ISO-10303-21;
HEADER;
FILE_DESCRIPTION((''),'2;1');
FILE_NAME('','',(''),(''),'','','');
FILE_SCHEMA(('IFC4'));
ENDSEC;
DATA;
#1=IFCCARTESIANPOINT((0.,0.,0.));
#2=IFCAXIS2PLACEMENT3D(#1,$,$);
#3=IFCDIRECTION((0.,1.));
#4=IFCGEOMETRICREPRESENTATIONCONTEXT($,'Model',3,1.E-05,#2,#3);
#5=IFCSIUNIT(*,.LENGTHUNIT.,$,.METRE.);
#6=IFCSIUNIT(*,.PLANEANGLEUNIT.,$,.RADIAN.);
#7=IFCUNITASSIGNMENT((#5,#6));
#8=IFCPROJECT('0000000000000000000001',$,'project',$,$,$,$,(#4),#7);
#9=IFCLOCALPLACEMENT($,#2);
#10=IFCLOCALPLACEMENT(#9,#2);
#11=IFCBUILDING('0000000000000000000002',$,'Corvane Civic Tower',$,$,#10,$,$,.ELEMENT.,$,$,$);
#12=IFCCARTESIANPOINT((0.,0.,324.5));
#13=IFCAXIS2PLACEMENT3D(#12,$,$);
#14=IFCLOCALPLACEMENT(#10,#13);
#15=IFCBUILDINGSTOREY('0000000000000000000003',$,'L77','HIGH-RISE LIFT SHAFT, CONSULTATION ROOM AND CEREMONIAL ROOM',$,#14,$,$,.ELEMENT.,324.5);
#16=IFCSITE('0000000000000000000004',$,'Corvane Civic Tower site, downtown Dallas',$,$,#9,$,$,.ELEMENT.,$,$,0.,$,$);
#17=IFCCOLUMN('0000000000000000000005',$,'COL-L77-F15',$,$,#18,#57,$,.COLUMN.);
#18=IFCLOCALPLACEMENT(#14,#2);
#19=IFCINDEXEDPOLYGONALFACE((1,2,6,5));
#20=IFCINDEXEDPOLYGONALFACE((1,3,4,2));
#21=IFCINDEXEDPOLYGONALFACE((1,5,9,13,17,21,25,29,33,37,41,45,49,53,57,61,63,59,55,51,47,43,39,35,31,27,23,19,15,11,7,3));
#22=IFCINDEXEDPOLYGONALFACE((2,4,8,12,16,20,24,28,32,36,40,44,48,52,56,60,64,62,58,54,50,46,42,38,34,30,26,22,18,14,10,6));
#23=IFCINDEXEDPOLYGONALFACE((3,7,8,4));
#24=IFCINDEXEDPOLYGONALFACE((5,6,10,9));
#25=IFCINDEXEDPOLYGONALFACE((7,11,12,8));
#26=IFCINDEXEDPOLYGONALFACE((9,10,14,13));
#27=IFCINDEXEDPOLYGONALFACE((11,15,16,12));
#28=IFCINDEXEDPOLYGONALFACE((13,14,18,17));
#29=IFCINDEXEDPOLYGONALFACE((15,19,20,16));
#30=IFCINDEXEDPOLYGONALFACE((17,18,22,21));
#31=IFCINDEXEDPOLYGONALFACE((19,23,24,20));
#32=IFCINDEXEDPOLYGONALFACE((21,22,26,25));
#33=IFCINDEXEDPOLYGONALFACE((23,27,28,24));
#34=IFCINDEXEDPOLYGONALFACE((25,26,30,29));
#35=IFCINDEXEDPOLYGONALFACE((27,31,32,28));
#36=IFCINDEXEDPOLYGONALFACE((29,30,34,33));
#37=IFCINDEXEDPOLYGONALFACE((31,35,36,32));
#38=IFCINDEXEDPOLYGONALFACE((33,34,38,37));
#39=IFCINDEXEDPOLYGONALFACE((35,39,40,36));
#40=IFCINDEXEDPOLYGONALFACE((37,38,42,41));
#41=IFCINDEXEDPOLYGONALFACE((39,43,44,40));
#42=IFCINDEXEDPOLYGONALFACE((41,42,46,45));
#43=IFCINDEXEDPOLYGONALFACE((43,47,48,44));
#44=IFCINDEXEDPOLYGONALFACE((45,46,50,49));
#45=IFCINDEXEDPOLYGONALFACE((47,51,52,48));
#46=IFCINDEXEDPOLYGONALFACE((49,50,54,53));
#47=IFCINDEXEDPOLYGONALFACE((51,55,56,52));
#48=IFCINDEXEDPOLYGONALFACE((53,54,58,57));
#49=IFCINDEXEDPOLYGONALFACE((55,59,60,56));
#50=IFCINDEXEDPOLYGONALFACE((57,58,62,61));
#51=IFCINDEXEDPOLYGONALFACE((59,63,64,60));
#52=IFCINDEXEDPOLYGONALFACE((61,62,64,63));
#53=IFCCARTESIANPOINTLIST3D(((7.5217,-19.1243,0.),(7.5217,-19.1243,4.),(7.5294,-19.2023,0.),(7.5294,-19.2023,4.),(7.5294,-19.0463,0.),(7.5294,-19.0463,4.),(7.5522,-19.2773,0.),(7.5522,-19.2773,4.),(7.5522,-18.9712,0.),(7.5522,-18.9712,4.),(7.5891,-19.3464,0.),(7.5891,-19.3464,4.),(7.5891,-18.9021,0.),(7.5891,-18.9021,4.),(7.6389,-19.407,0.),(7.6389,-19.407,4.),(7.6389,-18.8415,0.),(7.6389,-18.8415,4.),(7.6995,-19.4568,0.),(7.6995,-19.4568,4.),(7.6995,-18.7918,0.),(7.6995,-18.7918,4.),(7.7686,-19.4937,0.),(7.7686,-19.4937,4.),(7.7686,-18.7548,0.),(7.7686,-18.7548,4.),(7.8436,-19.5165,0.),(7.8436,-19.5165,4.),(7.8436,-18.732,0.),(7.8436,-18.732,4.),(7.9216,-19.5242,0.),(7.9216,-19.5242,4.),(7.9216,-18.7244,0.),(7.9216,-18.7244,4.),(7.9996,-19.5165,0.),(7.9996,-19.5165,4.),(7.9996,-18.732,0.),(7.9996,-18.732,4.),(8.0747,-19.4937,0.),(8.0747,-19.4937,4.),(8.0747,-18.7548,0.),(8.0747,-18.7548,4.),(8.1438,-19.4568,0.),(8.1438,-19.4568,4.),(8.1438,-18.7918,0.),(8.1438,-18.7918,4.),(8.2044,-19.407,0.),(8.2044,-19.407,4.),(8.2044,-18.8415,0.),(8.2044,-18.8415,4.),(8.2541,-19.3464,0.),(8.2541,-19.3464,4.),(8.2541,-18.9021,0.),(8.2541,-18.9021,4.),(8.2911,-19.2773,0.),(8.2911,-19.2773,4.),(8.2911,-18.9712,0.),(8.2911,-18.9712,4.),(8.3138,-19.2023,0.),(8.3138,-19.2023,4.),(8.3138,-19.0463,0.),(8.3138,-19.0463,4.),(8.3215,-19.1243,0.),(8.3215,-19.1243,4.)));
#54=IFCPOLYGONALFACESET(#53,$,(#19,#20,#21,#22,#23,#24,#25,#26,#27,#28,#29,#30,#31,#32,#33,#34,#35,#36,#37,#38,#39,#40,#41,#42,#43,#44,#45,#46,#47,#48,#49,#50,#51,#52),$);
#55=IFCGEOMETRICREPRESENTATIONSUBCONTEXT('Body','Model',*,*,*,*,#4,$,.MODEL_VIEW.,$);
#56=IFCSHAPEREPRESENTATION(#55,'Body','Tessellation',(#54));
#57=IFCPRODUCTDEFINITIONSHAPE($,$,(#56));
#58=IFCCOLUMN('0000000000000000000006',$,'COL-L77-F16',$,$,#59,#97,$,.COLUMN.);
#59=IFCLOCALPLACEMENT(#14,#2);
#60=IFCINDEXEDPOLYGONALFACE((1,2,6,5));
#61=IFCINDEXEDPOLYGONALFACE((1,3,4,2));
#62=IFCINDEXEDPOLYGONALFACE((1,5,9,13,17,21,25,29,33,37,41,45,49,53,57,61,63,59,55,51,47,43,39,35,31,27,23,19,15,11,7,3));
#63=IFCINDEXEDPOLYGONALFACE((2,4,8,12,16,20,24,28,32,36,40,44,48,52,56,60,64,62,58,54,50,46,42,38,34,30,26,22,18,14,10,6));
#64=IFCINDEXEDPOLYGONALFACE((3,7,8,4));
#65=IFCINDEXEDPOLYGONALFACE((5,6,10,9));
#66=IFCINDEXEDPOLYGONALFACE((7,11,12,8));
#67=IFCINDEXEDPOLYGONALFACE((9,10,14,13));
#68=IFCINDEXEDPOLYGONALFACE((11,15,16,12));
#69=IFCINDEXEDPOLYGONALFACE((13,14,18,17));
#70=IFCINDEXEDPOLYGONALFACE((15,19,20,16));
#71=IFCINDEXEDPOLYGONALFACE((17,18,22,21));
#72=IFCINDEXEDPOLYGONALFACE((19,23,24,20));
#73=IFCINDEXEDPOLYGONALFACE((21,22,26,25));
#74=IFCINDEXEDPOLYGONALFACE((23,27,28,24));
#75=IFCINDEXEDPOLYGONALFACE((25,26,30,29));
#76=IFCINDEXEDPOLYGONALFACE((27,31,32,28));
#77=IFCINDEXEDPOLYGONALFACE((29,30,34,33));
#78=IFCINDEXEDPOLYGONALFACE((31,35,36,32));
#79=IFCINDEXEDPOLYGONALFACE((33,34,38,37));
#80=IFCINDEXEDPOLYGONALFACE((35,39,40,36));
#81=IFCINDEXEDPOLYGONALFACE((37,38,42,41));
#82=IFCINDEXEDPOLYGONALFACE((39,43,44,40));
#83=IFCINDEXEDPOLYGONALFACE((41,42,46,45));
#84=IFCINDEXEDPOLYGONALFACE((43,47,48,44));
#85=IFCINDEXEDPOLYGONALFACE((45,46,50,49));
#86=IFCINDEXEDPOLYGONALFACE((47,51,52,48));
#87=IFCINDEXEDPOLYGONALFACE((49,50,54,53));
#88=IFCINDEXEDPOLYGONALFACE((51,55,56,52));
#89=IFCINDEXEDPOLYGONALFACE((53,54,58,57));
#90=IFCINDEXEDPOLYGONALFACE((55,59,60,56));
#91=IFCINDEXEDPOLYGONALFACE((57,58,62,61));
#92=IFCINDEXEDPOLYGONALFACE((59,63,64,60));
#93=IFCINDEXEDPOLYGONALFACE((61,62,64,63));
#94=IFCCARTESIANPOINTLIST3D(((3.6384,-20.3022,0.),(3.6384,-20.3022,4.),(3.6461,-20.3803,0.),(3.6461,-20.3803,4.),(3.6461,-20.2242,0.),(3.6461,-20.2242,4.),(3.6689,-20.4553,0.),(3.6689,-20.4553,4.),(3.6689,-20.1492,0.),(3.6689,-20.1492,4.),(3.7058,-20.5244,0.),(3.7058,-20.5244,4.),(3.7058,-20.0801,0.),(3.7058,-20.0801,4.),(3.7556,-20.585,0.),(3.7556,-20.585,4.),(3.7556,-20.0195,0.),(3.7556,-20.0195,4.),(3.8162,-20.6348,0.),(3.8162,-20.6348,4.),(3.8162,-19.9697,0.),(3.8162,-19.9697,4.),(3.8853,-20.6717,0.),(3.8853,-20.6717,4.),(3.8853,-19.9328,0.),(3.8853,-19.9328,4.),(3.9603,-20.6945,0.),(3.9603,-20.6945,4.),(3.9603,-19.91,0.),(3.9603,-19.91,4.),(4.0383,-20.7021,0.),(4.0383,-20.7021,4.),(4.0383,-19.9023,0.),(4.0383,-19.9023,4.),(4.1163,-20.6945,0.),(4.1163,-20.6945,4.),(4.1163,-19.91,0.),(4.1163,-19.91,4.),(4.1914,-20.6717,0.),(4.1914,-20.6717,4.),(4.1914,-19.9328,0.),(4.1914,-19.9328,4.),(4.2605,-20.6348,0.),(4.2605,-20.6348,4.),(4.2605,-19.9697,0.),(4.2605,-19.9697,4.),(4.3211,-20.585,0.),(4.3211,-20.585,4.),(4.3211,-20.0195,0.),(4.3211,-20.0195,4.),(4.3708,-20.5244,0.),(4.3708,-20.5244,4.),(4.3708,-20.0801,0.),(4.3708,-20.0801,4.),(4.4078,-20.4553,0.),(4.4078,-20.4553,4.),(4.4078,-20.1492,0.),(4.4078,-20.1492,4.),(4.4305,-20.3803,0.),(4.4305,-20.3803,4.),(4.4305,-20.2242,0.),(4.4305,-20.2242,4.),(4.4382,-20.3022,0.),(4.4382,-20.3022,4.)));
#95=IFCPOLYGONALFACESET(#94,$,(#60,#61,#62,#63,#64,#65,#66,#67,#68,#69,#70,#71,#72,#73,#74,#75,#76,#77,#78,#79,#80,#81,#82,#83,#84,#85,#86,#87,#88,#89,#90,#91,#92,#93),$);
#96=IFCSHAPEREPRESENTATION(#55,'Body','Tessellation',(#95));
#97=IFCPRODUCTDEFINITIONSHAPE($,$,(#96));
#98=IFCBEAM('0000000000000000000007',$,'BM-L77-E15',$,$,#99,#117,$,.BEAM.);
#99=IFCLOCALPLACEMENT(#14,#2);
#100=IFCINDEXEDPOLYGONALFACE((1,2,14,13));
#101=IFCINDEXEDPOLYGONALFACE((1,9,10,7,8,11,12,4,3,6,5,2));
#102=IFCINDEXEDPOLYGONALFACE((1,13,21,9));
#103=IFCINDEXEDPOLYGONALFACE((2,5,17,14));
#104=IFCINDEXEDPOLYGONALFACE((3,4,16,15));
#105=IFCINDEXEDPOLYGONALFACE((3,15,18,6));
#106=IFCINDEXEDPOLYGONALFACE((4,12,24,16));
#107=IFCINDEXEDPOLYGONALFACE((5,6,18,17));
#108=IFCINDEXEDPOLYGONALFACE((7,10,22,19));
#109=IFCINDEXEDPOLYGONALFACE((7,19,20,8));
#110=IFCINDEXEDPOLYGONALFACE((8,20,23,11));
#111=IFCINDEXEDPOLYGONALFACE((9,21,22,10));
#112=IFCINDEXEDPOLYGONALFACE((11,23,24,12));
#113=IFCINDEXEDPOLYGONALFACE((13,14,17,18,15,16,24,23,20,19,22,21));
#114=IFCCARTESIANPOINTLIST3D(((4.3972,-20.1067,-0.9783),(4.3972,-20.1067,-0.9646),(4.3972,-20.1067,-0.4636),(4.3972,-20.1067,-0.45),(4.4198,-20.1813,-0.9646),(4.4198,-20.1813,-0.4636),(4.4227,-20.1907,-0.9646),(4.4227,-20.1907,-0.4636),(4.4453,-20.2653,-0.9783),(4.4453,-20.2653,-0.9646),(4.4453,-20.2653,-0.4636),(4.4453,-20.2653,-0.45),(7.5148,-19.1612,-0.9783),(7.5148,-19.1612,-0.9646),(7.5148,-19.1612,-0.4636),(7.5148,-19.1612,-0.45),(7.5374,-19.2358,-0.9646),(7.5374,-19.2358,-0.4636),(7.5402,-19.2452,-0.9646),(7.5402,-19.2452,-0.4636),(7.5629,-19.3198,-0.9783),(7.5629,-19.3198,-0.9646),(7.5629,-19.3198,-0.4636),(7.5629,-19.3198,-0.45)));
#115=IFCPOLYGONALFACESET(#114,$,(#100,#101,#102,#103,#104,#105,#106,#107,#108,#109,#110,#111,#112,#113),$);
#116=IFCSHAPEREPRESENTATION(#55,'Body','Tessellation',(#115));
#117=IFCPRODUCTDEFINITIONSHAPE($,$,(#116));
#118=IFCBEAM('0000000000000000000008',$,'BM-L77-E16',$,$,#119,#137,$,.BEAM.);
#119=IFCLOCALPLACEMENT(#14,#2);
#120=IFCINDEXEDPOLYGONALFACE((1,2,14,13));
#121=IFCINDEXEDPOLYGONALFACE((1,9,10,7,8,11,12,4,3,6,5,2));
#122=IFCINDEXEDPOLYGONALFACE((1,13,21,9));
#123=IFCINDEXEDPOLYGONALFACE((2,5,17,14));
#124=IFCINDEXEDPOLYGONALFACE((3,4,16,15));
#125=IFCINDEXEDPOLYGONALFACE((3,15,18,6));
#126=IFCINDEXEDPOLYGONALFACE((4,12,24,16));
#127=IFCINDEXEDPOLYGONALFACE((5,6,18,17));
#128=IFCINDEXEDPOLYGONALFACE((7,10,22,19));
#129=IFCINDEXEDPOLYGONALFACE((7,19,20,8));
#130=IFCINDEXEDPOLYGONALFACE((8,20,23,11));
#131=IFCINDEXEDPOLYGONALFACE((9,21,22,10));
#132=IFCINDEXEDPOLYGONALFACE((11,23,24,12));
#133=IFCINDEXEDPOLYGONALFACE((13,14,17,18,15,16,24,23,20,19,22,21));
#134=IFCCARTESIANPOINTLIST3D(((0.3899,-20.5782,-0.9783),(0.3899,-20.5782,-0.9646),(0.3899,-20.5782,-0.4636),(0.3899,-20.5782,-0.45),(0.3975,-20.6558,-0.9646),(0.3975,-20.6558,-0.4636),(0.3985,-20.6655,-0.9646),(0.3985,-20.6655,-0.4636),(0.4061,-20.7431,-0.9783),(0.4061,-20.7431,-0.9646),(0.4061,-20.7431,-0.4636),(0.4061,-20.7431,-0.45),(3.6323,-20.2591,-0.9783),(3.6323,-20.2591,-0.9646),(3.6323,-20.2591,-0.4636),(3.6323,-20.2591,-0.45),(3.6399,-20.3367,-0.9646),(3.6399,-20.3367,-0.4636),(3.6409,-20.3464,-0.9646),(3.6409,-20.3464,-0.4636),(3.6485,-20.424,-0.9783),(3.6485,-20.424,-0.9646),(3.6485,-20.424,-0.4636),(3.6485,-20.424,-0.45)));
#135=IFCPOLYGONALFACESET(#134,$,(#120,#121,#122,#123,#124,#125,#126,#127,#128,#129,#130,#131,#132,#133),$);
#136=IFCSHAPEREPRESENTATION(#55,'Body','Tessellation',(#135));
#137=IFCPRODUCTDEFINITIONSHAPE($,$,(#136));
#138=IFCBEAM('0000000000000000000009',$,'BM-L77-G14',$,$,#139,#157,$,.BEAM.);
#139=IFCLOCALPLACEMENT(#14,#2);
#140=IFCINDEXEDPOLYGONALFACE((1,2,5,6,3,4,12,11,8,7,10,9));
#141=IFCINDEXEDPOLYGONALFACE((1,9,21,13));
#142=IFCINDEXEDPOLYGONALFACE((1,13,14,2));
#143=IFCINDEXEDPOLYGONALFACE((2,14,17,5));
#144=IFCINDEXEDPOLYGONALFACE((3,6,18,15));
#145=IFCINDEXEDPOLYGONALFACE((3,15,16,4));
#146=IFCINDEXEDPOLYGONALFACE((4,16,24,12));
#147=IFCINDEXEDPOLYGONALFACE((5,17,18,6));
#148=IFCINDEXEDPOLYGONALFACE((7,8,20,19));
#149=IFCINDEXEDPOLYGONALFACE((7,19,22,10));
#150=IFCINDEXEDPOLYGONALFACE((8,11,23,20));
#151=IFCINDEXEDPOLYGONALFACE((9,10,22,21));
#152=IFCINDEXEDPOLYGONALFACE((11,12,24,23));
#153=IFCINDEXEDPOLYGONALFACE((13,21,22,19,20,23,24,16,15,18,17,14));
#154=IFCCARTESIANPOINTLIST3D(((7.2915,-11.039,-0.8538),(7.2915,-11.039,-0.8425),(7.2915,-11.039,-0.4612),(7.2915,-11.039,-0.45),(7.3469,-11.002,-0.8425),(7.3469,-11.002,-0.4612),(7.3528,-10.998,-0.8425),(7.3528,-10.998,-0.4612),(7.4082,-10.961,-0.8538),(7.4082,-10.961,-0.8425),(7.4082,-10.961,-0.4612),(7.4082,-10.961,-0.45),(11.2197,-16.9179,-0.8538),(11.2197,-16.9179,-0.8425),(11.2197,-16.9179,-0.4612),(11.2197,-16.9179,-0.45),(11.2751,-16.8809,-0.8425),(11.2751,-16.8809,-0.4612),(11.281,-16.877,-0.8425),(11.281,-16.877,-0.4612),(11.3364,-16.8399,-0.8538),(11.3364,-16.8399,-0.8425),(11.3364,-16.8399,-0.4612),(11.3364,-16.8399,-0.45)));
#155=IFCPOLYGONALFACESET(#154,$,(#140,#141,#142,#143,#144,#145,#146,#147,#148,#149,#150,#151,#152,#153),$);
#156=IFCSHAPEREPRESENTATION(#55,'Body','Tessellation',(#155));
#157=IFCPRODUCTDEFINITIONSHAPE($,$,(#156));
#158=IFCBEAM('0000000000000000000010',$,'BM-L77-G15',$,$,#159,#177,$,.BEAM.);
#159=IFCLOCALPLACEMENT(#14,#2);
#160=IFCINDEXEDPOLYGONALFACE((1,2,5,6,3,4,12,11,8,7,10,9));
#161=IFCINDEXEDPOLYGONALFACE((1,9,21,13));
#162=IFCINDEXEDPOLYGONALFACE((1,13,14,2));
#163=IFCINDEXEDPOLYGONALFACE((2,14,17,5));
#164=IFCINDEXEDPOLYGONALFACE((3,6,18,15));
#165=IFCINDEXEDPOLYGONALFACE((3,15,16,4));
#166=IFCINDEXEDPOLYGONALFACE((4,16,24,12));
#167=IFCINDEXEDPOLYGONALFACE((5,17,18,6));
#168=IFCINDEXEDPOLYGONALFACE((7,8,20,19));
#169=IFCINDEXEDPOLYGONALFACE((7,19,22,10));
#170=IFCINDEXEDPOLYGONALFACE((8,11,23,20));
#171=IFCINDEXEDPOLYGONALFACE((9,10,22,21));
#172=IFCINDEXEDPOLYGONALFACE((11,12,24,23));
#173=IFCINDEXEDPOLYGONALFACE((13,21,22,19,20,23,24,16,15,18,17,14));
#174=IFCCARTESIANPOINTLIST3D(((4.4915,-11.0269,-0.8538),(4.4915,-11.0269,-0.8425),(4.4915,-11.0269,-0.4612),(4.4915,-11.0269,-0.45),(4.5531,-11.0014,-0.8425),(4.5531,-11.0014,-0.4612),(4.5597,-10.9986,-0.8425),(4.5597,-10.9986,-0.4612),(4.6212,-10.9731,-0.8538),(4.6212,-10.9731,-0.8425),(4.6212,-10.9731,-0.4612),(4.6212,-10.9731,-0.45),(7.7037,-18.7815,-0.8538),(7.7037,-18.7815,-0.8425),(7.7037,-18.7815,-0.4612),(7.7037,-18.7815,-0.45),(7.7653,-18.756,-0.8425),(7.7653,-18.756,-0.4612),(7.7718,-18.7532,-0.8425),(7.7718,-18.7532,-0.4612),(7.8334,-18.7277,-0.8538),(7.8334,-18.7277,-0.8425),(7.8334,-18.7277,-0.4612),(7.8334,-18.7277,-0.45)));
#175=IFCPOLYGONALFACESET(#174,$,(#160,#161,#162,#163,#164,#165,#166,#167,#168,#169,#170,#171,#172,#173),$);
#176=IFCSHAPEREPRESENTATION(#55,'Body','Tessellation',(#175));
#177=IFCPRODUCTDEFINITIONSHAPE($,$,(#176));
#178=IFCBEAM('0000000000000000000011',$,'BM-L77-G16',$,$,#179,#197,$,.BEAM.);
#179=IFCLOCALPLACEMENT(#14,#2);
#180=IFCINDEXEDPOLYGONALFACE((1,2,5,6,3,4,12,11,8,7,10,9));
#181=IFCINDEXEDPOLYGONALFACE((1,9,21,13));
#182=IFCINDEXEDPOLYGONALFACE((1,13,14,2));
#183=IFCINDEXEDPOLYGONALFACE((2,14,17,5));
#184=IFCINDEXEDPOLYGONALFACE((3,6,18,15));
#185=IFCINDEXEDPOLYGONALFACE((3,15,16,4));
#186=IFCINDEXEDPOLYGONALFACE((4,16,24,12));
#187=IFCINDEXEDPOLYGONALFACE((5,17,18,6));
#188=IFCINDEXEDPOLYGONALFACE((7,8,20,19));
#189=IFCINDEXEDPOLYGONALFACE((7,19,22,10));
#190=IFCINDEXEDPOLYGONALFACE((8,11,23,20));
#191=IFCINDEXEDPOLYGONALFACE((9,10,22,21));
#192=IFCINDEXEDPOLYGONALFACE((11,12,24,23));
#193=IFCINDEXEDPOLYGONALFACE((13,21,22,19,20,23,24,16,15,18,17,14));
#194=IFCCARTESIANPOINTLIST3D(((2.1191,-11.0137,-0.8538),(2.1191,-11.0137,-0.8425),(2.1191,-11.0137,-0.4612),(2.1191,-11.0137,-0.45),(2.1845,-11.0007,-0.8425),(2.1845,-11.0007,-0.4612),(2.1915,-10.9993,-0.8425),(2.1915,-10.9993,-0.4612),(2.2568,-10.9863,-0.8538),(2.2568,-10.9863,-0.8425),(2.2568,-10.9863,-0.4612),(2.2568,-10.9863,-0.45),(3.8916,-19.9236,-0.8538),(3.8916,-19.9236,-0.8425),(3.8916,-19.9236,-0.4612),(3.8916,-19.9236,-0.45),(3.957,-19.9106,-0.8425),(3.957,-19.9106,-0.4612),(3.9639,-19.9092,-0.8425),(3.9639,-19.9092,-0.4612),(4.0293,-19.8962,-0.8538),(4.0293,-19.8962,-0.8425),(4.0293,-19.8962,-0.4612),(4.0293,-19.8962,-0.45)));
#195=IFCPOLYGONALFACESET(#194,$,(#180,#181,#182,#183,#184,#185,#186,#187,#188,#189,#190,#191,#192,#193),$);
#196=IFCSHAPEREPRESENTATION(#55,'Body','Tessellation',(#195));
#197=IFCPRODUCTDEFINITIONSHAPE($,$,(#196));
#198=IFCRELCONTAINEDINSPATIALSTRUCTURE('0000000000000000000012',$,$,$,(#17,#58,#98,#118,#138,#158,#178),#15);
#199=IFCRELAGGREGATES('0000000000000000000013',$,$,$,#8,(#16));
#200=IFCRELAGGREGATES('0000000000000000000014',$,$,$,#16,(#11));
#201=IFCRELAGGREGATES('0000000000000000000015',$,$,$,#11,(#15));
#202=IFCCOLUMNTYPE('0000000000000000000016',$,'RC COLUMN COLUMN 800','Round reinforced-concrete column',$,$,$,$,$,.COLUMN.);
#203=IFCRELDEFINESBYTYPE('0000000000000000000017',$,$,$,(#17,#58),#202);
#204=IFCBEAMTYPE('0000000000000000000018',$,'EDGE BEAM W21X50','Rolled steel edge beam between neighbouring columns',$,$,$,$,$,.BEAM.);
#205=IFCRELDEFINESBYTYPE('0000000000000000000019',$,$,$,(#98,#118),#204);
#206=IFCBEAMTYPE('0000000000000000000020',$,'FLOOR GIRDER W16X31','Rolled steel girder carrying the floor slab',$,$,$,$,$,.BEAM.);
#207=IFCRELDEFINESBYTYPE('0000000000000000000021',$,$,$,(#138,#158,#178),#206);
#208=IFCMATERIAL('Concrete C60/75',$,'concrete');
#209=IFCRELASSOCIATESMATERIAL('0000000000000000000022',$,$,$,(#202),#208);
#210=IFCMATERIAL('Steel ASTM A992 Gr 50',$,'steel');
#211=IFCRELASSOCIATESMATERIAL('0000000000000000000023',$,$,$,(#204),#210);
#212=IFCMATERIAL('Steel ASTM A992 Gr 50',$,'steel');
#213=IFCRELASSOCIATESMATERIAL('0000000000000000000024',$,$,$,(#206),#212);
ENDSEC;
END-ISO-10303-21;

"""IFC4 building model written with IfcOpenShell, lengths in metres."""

from ifc_helpers import new_model, si_unit, direction, frame, origin, origin_2d, place, context, subcontext, project, spatial, circle, i_section, extrude, material, material_profile, profile_set, type_object, element, save


model = new_model("IFC4")

# Units and contexts
model_context = context("Model", 3, precision=1e-05, world=origin(), true_north=direction((0.0, 1.0)))
body_context = subcontext(model_context, "Body", "Model", "MODEL_VIEW")
ifc_project = project(units=[si_unit("LENGTHUNIT", "METRE"), si_unit("PLANEANGLEUNIT", "RADIAN")], contexts=[model_context])

# Site, building, storey
site_placement = place(None, origin())
site = spatial("IfcSite", under=ifc_project, at=site_placement, Name="Corvane Civic Tower site, downtown Dallas", CompositionType="ELEMENT", RefElevation=0.0)
building_placement = place(site_placement, origin())
building = spatial("IfcBuilding", under=site, at=building_placement, Name="Corvane Civic Tower", CompositionType="ELEMENT")
storey_placement = place(building_placement, frame((0.0, 0.0, 324.5)))
storey = spatial("IfcBuildingStorey", under=building, at=storey_placement, Name="L77", Description="HIGH-RISE LIFT SHAFT, CONSULTATION ROOM AND CEREMONIAL ROOM", CompositionType="ELEMENT", Elevation=324.5)

# Columns
ifc_material_1 = material(Name="Concrete C60/75", Category="concrete")
ifc_material_profile_1 = material_profile(ifc_material_1, circle(Radius=0.3999, at=origin_2d()), Name="COLUMN 800")
ifc_profile_set_1 = profile_set([ifc_material_profile_1], Name="Concrete C60/75")
column_type = type_object("IfcColumnType", Name="RC COLUMN COLUMN 800", Description="Round reinforced-concrete column", PredefinedType="COLUMN", material=ifc_profile_set_1)
for number, where, z_axis, x_axis, name in (
    (1, (7.9216, -19.1243, 0.0), (0.0, 0.0, 1.0), (1.0, 0.0, 0.0), "COL-L77-F15"),
    (2, (4.0383, -20.3022, 0.0), (0.0, 0.0, 1.0), (1.0, 0.0, 0.0), "COL-L77-F16"),
):
    element("IfcColumn", number, at=place(storey_placement, frame(where, z_axis=z_axis, x_axis=x_axis)), inside=storey, type_object=column_type, Name=name, PredefinedType="COLUMN", context=body_context, shape_type="SweptSolid", body=[
        extrude(circle(Radius=0.3999, at=origin_2d()), origin(), (0.0, 0.0, 1.0), 4.0),
    ])

# Beams
ifc_material_2 = material(Name="Steel ASTM A992 Gr 50", Category="steel")
ifc_material_profile_2 = material_profile(ifc_material_2, i_section(OverallWidth=0.1658, OverallDepth=0.5283, WebThickness=0.0098, FlangeThickness=0.0137, at=origin_2d()), Name="W21X50")
ifc_profile_set_2 = profile_set([ifc_material_profile_2], Name="Steel ASTM A992 Gr 50")
beam_type_1 = type_object("IfcBeamType", Name="EDGE BEAM W21X50", Description="Rolled steel edge beam between neighbouring columns", PredefinedType="BEAM", material=ifc_profile_set_2)
beam_1_placement = place(storey_placement, frame((7.5388, -19.2405, -0.7141), z_axis=(-0.956956, -0.290234, 0.0), x_axis=(0.290234, -0.956956, 0.0)))
element("IfcBeam", 3, at=beam_1_placement, inside=storey, type_object=beam_type_1, Name="BM-L77-E15", PredefinedType="BEAM", context=body_context, shape_type="SweptSolid", body=[
    extrude(i_section(OverallWidth=0.1658, OverallDepth=0.5283, WebThickness=0.0098, FlangeThickness=0.0137, at=origin_2d()), origin(), (0.0, 0.0, 1.0), 3.2578),
])
beam_2_placement = place(storey_placement, frame((3.6404, -20.3416, -0.7141), z_axis=(-0.995193, -0.097938, 0.0), x_axis=(0.097938, -0.995193, 0.0)))
element("IfcBeam", 4, at=beam_2_placement, inside=storey, type_object=beam_type_1, Name="BM-L77-E16", PredefinedType="BEAM", context=body_context, shape_type="SweptSolid", body=[
    extrude(i_section(OverallWidth=0.1658, OverallDepth=0.5283, WebThickness=0.0098, FlangeThickness=0.0137, at=origin_2d()), origin(), (0.0, 0.0, 1.0), 3.2581),
])
ifc_material_3 = material(Name="Steel ASTM A992 Gr 50", Category="steel")
ifc_material_profile_3 = material_profile(ifc_material_3, i_section(OverallWidth=0.1404, OverallDepth=0.4038, WebThickness=0.0071, FlangeThickness=0.0112, at=origin_2d()), Name="W16X31")
ifc_profile_set_3 = profile_set([ifc_material_profile_3], Name="Steel ASTM A992 Gr 50")
beam_type_2 = type_object("IfcBeamType", Name="FLOOR GIRDER W16X31", Description="Rolled steel girder carrying the floor slab", PredefinedType="BEAM", material=ifc_profile_set_3)
beam_3_placement = place(storey_placement, frame((7.3499, -11.0, -0.6519), z_axis=(0.555576, -0.831465, 0.0), x_axis=(0.831465, 0.555576, 0.0)))
element("IfcBeam", 5, at=beam_3_placement, inside=storey, type_object=beam_type_2, Name="BM-L77-G14", PredefinedType="BEAM", context=body_context, shape_type="SweptSolid", body=[
    extrude(i_section(OverallWidth=0.1404, OverallDepth=0.4038, WebThickness=0.0071, FlangeThickness=0.0112, at=origin_2d()), origin(), (0.0, 0.0, 1.0), 7.0706),
])
beam_4_placement = place(storey_placement, frame((4.5564, -11.0, -0.6519), z_axis=(0.382692, -0.923876, 0.0), x_axis=(0.923876, 0.382692, 0.0)))
element("IfcBeam", 6, at=beam_4_placement, inside=storey, type_object=beam_type_2, Name="BM-L77-G15", PredefinedType="BEAM", context=body_context, shape_type="SweptSolid", body=[
    extrude(i_section(OverallWidth=0.1404, OverallDepth=0.4038, WebThickness=0.0071, FlangeThickness=0.0112, at=origin_2d()), origin(), (0.0, 0.0, 1.0), 8.3936),
])
beam_5_placement = place(storey_placement, frame((2.188, -11.0, -0.6519), z_axis=(0.195108, -0.980782, 0.0), x_axis=(0.980782, 0.195108, 0.0)))
element("IfcBeam", 7, at=beam_5_placement, inside=storey, type_object=beam_type_2, Name="BM-L77-G16", PredefinedType="BEAM", context=body_context, shape_type="SweptSolid", body=[
    extrude(i_section(OverallWidth=0.1404, OverallDepth=0.4038, WebThickness=0.0071, FlangeThickness=0.0112, at=origin_2d()), origin(), (0.0, 0.0, 1.0), 9.0845),
])

save(model, "model.ifc")
